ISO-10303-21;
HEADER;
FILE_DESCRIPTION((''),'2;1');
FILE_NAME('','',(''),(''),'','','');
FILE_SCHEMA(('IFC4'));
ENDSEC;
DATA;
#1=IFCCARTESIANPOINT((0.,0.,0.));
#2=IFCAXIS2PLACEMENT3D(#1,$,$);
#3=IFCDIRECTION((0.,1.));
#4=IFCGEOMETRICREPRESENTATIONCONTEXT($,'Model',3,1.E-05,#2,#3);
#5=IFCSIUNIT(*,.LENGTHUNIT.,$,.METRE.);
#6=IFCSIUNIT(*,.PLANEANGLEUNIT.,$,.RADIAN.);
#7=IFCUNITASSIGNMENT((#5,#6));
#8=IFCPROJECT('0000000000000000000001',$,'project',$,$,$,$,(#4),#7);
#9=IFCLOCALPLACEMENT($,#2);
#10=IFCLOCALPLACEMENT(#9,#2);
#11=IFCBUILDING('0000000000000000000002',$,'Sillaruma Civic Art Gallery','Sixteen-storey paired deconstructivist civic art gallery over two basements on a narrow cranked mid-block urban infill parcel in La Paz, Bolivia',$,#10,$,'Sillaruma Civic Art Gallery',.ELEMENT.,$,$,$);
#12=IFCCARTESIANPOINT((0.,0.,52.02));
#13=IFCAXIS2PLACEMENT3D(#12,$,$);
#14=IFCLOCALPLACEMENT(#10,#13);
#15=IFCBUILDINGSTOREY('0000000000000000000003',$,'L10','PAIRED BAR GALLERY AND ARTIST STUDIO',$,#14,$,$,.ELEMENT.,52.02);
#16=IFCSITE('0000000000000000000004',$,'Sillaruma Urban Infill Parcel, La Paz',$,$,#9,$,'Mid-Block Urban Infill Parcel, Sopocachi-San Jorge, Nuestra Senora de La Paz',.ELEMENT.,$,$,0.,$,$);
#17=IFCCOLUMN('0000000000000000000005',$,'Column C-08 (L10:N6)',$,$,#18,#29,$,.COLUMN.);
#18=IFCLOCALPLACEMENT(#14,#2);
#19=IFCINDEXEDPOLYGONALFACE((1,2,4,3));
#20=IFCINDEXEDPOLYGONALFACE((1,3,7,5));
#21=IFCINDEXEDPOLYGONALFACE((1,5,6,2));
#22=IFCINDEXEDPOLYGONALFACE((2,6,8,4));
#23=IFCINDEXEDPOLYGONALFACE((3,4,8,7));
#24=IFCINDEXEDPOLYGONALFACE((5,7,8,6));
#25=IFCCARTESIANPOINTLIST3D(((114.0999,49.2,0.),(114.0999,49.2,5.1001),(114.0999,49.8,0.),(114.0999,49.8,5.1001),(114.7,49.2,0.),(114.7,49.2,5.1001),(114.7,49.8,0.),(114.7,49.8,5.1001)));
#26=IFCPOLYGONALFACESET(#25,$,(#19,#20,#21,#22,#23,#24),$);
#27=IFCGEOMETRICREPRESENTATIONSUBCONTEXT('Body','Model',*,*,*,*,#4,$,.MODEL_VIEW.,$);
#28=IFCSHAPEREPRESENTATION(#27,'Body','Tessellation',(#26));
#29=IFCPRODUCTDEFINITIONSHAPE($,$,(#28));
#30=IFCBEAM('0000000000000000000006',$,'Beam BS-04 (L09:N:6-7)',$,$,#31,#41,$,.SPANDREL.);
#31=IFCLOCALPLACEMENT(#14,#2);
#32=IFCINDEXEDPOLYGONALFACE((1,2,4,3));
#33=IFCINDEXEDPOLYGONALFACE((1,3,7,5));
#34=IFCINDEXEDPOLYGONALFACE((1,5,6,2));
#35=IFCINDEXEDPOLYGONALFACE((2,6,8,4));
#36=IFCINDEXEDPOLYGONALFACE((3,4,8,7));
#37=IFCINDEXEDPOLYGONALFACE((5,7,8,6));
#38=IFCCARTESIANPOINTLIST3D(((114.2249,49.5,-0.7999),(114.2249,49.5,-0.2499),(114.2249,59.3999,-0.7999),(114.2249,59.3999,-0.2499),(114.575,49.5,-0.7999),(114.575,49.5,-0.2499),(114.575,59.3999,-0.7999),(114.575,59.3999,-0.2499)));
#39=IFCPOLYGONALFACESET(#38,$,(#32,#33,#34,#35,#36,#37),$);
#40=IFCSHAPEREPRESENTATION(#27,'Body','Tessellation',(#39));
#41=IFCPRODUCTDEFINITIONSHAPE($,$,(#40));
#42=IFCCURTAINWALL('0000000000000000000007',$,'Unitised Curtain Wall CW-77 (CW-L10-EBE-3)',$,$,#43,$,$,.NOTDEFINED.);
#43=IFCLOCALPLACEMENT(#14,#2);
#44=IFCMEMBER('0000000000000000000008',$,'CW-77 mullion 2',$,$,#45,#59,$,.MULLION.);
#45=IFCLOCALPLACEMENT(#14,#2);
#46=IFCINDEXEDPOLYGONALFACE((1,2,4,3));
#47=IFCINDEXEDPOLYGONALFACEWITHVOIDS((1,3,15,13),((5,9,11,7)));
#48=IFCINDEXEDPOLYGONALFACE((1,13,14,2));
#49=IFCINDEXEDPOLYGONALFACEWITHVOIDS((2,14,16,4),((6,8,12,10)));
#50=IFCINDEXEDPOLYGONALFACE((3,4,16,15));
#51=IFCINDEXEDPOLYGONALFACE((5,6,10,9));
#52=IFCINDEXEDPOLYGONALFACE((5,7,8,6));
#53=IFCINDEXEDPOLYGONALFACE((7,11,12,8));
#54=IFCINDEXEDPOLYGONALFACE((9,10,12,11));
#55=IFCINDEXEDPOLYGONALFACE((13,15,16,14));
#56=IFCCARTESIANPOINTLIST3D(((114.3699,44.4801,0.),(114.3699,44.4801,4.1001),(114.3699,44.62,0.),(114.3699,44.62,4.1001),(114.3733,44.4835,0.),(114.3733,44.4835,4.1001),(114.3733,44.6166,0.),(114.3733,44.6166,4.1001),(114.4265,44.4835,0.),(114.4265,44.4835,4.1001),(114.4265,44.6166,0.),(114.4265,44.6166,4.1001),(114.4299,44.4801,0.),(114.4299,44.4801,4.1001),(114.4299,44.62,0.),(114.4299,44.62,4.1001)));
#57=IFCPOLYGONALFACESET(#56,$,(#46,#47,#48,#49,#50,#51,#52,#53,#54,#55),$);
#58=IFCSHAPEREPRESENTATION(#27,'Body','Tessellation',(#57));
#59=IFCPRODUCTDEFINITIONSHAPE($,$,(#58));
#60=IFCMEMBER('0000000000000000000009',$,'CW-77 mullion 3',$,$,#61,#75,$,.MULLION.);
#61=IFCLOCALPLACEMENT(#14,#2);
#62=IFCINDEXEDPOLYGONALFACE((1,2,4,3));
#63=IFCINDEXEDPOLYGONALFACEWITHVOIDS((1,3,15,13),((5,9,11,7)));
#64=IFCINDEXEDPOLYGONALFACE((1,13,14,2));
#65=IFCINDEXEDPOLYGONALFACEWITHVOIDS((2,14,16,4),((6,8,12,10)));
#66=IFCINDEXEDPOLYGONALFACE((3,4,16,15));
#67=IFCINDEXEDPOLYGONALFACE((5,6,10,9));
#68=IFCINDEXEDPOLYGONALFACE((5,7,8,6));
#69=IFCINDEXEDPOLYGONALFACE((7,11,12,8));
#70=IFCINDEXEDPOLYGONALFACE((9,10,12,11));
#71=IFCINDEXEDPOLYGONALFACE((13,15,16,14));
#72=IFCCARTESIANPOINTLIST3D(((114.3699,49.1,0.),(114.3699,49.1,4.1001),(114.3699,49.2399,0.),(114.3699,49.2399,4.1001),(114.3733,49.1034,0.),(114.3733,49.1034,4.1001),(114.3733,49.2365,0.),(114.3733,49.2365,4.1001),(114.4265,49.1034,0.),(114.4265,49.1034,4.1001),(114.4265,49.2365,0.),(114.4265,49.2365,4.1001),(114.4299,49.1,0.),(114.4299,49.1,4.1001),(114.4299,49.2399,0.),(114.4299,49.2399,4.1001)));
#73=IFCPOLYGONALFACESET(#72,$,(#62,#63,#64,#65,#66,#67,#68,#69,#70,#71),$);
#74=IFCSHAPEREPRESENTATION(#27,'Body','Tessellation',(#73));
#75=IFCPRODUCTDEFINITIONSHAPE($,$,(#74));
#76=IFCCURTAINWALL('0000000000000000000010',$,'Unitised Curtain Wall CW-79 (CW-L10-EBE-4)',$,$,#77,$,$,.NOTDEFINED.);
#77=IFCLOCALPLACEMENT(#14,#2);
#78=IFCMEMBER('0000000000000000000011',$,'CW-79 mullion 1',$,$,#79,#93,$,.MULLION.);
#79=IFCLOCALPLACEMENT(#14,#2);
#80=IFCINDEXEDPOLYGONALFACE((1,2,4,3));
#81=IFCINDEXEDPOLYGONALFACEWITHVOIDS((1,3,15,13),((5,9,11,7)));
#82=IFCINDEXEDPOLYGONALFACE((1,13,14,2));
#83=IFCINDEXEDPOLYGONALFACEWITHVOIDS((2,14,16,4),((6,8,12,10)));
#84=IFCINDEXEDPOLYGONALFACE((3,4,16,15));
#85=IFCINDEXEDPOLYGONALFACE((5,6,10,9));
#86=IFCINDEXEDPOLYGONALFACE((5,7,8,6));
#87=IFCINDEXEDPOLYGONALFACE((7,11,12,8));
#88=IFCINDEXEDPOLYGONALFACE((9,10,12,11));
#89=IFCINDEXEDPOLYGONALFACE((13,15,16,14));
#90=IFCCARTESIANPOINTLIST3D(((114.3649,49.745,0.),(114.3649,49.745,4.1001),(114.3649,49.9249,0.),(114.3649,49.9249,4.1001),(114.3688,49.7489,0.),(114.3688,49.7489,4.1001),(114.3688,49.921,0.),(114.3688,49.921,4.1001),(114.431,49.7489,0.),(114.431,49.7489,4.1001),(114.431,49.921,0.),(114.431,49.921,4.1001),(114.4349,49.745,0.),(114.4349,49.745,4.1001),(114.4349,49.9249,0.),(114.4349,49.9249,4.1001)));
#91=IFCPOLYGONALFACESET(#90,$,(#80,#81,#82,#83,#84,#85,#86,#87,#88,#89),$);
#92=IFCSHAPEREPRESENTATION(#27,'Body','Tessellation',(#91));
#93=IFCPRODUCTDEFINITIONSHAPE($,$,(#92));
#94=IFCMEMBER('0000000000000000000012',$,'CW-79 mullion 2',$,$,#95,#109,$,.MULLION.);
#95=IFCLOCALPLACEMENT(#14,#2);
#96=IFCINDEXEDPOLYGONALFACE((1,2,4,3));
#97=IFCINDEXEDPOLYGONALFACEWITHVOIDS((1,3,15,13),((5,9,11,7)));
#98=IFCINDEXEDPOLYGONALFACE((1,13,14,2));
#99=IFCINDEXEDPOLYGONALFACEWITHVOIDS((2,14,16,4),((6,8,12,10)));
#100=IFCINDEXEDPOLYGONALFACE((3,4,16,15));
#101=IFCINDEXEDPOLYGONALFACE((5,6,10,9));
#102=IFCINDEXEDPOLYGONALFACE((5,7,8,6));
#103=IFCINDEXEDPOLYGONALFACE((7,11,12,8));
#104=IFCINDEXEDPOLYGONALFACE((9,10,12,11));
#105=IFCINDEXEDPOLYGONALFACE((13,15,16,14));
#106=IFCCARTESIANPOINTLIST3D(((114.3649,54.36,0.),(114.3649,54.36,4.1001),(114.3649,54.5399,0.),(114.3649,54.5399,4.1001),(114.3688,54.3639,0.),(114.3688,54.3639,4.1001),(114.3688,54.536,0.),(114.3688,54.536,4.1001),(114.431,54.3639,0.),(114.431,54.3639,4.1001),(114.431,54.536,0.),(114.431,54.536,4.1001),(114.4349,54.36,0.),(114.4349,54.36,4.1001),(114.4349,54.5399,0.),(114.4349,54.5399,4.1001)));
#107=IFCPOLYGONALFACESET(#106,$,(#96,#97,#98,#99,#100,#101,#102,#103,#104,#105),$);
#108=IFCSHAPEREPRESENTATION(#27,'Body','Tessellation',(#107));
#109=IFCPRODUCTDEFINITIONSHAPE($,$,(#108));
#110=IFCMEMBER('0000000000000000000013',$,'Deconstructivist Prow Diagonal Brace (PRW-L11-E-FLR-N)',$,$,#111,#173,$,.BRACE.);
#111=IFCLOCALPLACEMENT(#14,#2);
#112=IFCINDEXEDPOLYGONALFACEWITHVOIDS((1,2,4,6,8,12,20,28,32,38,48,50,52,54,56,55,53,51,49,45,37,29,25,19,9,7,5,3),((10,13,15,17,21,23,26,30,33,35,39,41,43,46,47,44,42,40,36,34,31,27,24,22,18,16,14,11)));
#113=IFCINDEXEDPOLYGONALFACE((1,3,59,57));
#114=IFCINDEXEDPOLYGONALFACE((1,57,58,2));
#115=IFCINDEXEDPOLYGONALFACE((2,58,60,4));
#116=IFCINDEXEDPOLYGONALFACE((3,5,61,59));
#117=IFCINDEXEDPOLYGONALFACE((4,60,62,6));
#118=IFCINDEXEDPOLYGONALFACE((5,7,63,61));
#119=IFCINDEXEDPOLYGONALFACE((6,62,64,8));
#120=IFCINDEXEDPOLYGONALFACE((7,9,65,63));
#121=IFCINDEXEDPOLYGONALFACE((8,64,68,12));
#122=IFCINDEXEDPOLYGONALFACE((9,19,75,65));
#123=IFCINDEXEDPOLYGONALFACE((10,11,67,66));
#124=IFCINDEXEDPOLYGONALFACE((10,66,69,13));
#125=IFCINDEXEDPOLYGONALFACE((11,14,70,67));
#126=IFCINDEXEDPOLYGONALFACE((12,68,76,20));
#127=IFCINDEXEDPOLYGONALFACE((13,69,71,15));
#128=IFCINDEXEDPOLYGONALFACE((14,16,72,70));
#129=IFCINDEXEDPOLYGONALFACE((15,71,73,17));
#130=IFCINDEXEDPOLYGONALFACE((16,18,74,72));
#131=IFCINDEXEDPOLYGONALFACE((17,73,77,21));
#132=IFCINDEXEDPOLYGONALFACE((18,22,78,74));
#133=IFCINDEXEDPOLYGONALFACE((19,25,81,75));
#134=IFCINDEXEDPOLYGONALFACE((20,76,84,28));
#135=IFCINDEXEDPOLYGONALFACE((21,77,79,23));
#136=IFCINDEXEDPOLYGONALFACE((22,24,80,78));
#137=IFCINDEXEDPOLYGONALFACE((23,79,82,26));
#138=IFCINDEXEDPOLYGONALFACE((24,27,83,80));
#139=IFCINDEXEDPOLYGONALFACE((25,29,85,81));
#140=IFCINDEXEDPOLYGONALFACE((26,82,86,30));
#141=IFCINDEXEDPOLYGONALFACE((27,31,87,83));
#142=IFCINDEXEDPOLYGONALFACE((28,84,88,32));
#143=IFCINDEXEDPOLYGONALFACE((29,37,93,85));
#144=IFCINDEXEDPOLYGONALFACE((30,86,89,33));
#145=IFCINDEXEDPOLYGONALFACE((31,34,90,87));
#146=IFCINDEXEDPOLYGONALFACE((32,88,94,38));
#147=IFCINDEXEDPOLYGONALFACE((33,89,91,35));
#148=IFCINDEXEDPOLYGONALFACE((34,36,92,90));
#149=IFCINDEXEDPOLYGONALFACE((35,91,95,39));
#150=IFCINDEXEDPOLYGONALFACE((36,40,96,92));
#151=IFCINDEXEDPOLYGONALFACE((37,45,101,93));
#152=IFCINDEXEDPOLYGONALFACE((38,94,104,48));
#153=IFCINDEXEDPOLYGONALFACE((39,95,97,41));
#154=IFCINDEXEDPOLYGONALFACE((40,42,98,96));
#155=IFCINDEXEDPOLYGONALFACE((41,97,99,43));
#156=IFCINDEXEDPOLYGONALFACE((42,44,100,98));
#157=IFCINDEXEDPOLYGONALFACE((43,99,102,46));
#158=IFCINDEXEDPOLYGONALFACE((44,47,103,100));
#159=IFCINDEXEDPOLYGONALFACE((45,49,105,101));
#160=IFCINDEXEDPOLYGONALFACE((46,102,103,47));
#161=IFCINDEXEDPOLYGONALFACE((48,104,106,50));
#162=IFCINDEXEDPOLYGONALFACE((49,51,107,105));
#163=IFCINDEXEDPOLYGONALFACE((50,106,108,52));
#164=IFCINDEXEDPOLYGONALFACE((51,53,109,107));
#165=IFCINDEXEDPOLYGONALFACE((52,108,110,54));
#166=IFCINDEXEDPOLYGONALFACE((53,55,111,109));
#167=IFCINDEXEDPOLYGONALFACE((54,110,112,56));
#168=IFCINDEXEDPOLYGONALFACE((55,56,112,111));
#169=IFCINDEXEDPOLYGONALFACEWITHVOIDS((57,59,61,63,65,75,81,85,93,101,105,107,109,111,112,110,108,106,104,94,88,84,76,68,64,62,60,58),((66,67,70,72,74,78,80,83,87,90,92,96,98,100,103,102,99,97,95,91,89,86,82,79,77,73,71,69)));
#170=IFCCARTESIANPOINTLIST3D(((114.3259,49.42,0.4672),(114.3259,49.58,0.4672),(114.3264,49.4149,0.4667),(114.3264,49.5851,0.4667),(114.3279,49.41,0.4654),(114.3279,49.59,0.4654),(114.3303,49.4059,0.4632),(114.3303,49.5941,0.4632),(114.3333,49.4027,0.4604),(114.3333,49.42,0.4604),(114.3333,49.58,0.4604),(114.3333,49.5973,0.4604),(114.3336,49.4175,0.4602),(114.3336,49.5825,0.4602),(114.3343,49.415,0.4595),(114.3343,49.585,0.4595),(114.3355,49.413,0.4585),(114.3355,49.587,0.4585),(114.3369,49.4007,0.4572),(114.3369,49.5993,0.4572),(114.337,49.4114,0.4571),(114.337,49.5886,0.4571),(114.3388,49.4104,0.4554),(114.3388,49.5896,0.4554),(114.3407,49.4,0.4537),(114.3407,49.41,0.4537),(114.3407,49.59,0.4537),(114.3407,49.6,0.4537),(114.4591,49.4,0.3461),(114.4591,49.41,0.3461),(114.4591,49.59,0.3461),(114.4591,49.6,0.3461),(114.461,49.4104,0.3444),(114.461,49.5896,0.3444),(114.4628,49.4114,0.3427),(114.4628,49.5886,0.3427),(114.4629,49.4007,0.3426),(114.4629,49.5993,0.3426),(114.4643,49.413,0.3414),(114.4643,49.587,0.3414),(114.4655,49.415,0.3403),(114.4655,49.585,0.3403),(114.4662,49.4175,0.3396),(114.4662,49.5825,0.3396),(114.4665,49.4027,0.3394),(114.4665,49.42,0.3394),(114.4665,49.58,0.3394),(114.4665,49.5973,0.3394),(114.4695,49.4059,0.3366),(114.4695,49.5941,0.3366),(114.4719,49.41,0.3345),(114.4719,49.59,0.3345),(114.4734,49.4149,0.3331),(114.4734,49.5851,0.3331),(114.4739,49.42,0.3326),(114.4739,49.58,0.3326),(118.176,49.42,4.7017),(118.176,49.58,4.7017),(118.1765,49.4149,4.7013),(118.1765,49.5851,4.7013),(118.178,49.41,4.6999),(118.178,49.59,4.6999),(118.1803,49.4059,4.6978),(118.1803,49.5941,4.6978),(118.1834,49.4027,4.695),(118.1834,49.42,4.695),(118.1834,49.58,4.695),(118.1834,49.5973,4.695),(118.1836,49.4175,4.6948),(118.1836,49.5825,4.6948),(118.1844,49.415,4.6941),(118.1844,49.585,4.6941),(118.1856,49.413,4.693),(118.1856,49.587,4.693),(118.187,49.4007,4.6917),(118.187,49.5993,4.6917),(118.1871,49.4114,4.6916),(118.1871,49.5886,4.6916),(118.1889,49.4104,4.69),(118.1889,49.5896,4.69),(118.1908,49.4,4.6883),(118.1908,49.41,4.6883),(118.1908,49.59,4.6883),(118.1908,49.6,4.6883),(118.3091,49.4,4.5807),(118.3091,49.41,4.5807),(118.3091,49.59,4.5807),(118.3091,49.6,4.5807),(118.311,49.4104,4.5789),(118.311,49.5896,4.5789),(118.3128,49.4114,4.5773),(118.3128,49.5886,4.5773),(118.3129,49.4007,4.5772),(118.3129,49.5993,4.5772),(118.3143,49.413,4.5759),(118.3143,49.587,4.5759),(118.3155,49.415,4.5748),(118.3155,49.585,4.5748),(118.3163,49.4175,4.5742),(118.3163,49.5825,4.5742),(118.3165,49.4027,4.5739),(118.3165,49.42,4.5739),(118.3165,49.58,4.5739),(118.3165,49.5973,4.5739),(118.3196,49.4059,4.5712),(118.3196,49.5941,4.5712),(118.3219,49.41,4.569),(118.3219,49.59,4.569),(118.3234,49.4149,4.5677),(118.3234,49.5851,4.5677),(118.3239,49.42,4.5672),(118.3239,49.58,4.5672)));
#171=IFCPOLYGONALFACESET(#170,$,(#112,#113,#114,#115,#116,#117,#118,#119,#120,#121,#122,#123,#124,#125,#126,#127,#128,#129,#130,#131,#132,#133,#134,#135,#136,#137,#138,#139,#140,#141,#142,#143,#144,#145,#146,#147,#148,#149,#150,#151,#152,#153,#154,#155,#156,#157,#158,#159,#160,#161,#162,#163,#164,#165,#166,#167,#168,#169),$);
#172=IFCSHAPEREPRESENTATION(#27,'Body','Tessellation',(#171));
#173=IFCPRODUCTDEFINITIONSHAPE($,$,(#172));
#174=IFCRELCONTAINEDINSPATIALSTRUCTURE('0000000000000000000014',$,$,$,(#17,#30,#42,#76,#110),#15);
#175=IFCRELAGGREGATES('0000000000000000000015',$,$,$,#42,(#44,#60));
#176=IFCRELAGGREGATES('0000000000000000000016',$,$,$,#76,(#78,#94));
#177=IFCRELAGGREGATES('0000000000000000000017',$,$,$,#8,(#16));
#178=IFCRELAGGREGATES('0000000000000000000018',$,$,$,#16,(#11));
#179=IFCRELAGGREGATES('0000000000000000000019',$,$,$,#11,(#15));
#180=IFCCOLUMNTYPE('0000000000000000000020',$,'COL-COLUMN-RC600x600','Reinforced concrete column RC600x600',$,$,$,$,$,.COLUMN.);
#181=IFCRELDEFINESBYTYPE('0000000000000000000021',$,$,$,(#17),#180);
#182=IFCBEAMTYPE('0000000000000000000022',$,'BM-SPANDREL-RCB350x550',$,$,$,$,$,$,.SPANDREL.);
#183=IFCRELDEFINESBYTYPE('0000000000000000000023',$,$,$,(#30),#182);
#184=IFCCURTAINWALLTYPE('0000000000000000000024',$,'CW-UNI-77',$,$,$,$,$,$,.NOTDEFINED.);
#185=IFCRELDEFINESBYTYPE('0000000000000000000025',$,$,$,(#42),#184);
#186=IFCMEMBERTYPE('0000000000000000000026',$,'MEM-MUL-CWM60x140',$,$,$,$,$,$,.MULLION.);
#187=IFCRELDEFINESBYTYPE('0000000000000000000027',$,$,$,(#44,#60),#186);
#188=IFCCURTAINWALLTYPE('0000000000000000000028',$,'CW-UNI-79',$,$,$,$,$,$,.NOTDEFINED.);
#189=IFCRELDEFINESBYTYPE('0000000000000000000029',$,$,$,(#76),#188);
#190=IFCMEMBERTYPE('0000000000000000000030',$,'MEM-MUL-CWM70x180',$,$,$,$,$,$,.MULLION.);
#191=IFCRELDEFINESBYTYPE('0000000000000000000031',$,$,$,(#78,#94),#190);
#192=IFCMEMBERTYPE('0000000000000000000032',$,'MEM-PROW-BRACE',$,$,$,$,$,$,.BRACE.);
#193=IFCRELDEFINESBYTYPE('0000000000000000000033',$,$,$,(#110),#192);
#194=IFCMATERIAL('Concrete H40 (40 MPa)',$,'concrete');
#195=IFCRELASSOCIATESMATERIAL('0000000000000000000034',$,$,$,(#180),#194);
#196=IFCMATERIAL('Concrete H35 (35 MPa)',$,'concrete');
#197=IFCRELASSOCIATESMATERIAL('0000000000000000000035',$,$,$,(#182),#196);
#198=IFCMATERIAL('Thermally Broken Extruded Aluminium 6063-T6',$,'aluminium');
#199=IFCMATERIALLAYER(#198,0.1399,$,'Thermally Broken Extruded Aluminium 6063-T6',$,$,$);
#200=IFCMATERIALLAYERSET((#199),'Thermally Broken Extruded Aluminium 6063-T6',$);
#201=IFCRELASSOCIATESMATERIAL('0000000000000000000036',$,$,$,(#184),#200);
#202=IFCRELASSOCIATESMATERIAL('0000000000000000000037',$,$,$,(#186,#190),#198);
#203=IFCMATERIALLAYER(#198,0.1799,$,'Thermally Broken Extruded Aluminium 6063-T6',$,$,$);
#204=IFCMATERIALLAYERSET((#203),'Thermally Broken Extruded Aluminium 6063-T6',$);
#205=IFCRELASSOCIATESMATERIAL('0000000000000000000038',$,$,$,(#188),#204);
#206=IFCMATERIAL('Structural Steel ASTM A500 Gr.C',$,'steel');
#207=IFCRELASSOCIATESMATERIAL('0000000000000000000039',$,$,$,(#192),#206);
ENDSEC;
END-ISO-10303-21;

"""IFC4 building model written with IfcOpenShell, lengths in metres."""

from ifc_helpers import new_model, si_unit, direction, frame, origin, origin_2d, place, context, subcontext, project, spatial, rectangle, hollow_rectangle, extrude, material, layer, layer_set, material_profile, profile_set, type_object, element, aggregate, save


model = new_model("IFC4")

# Units and contexts
model_context = context("Model", 3, precision=1e-05, world=origin(), true_north=direction((0.0, 1.0)))
body_context = subcontext(model_context, "Body", "Model", "MODEL_VIEW")
ifc_project = project(units=[si_unit("LENGTHUNIT", "METRE"), si_unit("PLANEANGLEUNIT", "RADIAN")], contexts=[model_context])

# Site, building, storey
site_placement = place(None, origin())
site = spatial("IfcSite", under=ifc_project, at=site_placement, Name="Sillaruma Urban Infill Parcel, La Paz", LongName="Mid-Block Urban Infill Parcel, Sopocachi-San Jorge, Nuestra Senora de La Paz", CompositionType="ELEMENT", RefElevation=0.0)
building_placement = place(site_placement, origin())
building = spatial("IfcBuilding", under=site, at=building_placement, Name="Sillaruma Civic Art Gallery", Description="Sixteen-storey paired deconstructivist civic art gallery over two basements on a narrow cranked mid-block urban infill parcel in La Paz, Bolivia", LongName="Sillaruma Civic Art Gallery", CompositionType="ELEMENT")
storey_placement = place(building_placement, frame((0.0, 0.0, 52.02)))
storey = spatial("IfcBuildingStorey", under=building, at=storey_placement, Name="L10", Description="PAIRED BAR GALLERY AND ARTIST STUDIO", CompositionType="ELEMENT", Elevation=52.02)

# Column
ifc_material_1 = material(Name="Concrete H40 (40 MPa)", Category="concrete")
ifc_material_profile_1 = material_profile(ifc_material_1, rectangle(XDim=0.6001, YDim=0.6001, at=origin_2d()), Name="RC600x600")
ifc_profile_set_1 = profile_set([ifc_material_profile_1], Name="Concrete H40 (40 MPa)")
column_type = type_object("IfcColumnType", Name="COL-COLUMN-RC600x600", Description="Reinforced concrete column RC600x600", PredefinedType="COLUMN", material=ifc_profile_set_1)
column_placement = place(storey_placement, frame((114.3999, 49.5, 0.0), z_axis=(0.0, 0.0, 1.0), x_axis=(1.0, 0.0, 0.0)))
element("IfcColumn", 1, at=column_placement, inside=storey, type_object=column_type, Name="Column C-08 (L10:N6)", PredefinedType="COLUMN", context=body_context, shape_type="SweptSolid", body=[
    extrude(rectangle(XDim=0.6001, YDim=0.6001, at=origin_2d()), origin(), (0.0, 0.0, 1.0), 5.1001),
])

# Beam
ifc_material_2 = material(Name="Concrete H35 (35 MPa)", Category="concrete")
ifc_material_profile_2 = material_profile(ifc_material_2, rectangle(XDim=0.3501, YDim=0.55, at=origin_2d()), Name="RCB350x550")
ifc_profile_set_2 = profile_set([ifc_material_profile_2], Name="Concrete H35 (35 MPa)")
beam_type = type_object("IfcBeamType", Name="BM-SPANDREL-RCB350x550", PredefinedType="SPANDREL", material=ifc_profile_set_2)
beam_placement = place(storey_placement, frame((114.3999, 49.5, -0.5249), z_axis=(0.0, 1.0, 0.0), x_axis=(-1.0, 0.0, 0.0)))
element("IfcBeam", 2, at=beam_placement, inside=storey, type_object=beam_type, Name="Beam BS-04 (L09:N:6-7)", PredefinedType="SPANDREL", context=body_context, shape_type="SweptSolid", body=[
    extrude(rectangle(XDim=0.3501, YDim=0.55, at=origin_2d()), origin(), (0.0, 0.0, 1.0), 9.8999),
])

# Curtain walls, members
ifc_material_3 = material(Name="Thermally Broken Extruded Aluminium 6063-T6", Category="aluminium")
ifc_layer_1 = layer(ifc_material_3, 0.1399, Name="Thermally Broken Extruded Aluminium 6063-T6")
ifc_layer_set_1 = layer_set([ifc_layer_1], Name="Thermally Broken Extruded Aluminium 6063-T6")
curtain_wall_type_1 = type_object("IfcCurtainWallType", Name="CW-UNI-77", PredefinedType="NOTDEFINED", material=ifc_layer_set_1)
curtain_wall_1_placement = place(storey_placement, origin())
curtain_wall_1 = element("IfcCurtainWall", 3, at=curtain_wall_1_placement, inside=storey, type_object=curtain_wall_type_1, Name="Unitised Curtain Wall CW-77 (CW-L10-EBE-3)", PredefinedType="NOTDEFINED")
ifc_material_profile_3 = material_profile(ifc_material_3, hollow_rectangle(XDim=0.0601, YDim=0.1399, WallThickness=0.0034, at=origin_2d()), Name="CWM60x140")
ifc_profile_set_3 = profile_set([ifc_material_profile_3], Name="Thermally Broken Extruded Aluminium 6063-T6")
member_type_1 = type_object("IfcMemberType", Name="MEM-MUL-CWM60x140", PredefinedType="MULLION", material=ifc_profile_set_3)
member_1_placement = place(storey_placement, frame((114.3999, 44.55, 0.0), z_axis=(0.0, 0.0, 1.0), x_axis=(-1.0, 0.0, 0.0)))
member_1 = element("IfcMember", 4, at=member_1_placement, type_object=member_type_1, Name="CW-77 mullion 2", PredefinedType="MULLION", context=body_context, shape_type="SweptSolid", body=[
    extrude(hollow_rectangle(XDim=0.0601, YDim=0.1399, WallThickness=0.0034, at=origin_2d()), origin(), (0.0, 0.0, 1.0), 4.1001),
])
member_2_placement = place(storey_placement, frame((114.3999, 49.1699, 0.0), z_axis=(0.0, 0.0, 1.0), x_axis=(-1.0, 0.0, 0.0)))
member_2 = element("IfcMember", 5, at=member_2_placement, type_object=member_type_1, Name="CW-77 mullion 3", PredefinedType="MULLION", context=body_context, shape_type="SweptSolid", body=[
    extrude(hollow_rectangle(XDim=0.0601, YDim=0.1399, WallThickness=0.0034, at=origin_2d()), origin(), (0.0, 0.0, 1.0), 4.1001),
])
ifc_layer_2 = layer(ifc_material_3, 0.1799, Name="Thermally Broken Extruded Aluminium 6063-T6")
ifc_layer_set_2 = layer_set([ifc_layer_2], Name="Thermally Broken Extruded Aluminium 6063-T6")
curtain_wall_type_2 = type_object("IfcCurtainWallType", Name="CW-UNI-79", PredefinedType="NOTDEFINED", material=ifc_layer_set_2)
curtain_wall_2_placement = place(storey_placement, origin())
curtain_wall_2 = element("IfcCurtainWall", 6, at=curtain_wall_2_placement, inside=storey, type_object=curtain_wall_type_2, Name="Unitised Curtain Wall CW-79 (CW-L10-EBE-4)", PredefinedType="NOTDEFINED")
ifc_material_profile_4 = material_profile(ifc_material_3, hollow_rectangle(XDim=0.0701, YDim=0.1799, WallThickness=0.0039, at=origin_2d()), Name="CWM70x180")
ifc_profile_set_4 = profile_set([ifc_material_profile_4], Name="Thermally Broken Extruded Aluminium 6063-T6")
member_type_2 = type_object("IfcMemberType", Name="MEM-MUL-CWM70x180", PredefinedType="MULLION", material=ifc_profile_set_4)
member_3_placement = place(storey_placement, frame((114.3999, 49.835, 0.0), z_axis=(0.0, 0.0, 1.0), x_axis=(-1.0, 0.0, 0.0)))
member_3 = element("IfcMember", 7, at=member_3_placement, type_object=member_type_2, Name="CW-79 mullion 1", PredefinedType="MULLION", context=body_context, shape_type="SweptSolid", body=[
    extrude(hollow_rectangle(XDim=0.0701, YDim=0.1799, WallThickness=0.0039, at=origin_2d()), origin(), (0.0, 0.0, 1.0), 4.1001),
])
member_4_placement = place(storey_placement, frame((114.3999, 54.45, 0.0), z_axis=(0.0, 0.0, 1.0), x_axis=(-1.0, 0.0, 0.0)))
member_4 = element("IfcMember", 8, at=member_4_placement, type_object=member_type_2, Name="CW-79 mullion 2", PredefinedType="MULLION", context=body_context, shape_type="SweptSolid", body=[
    extrude(hollow_rectangle(XDim=0.0701, YDim=0.1799, WallThickness=0.0039, at=origin_2d()), origin(), (0.0, 0.0, 1.0), 4.1001),
])

# Member
ifc_material_4 = material(Name="Structural Steel ASTM A500 Gr.C", Category="steel")
ifc_material_profile_5 = material_profile(ifc_material_4, hollow_rectangle(XDim=0.2, YDim=0.2, WallThickness=0.01, InnerFilletRadius=0.01, OuterFilletRadius=0.02, at=origin_2d()), Name="HSS200x200x10")
ifc_profile_set_5 = profile_set([ifc_material_profile_5], Name="Structural Steel ASTM A500 Gr.C")
member_type_3 = type_object("IfcMemberType", Name="MEM-PROW-BRACE", PredefinedType="BRACE", material=ifc_profile_set_5)
member_5_placement = place(storey_placement, frame((114.3999, 49.5, 0.3999), z_axis=(0.672715, 0.0, 0.739901), x_axis=(0.0, 1.0, 0.0)))
element("IfcMember", 9, at=member_5_placement, inside=storey, type_object=member_type_3, Name="Deconstructivist Prow Diagonal Brace (PRW-L11-E-FLR-N)", PredefinedType="BRACE", context=body_context, shape_type="SweptSolid", body=[
    extrude(hollow_rectangle(XDim=0.2, YDim=0.2, WallThickness=0.01, InnerFilletRadius=0.01, OuterFilletRadius=0.02, at=origin_2d()), origin(), (0.0, 0.0, 1.0), 5.7231),
])

aggregate(curtain_wall_1, [member_1, member_2])
aggregate(curtain_wall_2, [member_3, member_4])

save(model, "model.ifc")
